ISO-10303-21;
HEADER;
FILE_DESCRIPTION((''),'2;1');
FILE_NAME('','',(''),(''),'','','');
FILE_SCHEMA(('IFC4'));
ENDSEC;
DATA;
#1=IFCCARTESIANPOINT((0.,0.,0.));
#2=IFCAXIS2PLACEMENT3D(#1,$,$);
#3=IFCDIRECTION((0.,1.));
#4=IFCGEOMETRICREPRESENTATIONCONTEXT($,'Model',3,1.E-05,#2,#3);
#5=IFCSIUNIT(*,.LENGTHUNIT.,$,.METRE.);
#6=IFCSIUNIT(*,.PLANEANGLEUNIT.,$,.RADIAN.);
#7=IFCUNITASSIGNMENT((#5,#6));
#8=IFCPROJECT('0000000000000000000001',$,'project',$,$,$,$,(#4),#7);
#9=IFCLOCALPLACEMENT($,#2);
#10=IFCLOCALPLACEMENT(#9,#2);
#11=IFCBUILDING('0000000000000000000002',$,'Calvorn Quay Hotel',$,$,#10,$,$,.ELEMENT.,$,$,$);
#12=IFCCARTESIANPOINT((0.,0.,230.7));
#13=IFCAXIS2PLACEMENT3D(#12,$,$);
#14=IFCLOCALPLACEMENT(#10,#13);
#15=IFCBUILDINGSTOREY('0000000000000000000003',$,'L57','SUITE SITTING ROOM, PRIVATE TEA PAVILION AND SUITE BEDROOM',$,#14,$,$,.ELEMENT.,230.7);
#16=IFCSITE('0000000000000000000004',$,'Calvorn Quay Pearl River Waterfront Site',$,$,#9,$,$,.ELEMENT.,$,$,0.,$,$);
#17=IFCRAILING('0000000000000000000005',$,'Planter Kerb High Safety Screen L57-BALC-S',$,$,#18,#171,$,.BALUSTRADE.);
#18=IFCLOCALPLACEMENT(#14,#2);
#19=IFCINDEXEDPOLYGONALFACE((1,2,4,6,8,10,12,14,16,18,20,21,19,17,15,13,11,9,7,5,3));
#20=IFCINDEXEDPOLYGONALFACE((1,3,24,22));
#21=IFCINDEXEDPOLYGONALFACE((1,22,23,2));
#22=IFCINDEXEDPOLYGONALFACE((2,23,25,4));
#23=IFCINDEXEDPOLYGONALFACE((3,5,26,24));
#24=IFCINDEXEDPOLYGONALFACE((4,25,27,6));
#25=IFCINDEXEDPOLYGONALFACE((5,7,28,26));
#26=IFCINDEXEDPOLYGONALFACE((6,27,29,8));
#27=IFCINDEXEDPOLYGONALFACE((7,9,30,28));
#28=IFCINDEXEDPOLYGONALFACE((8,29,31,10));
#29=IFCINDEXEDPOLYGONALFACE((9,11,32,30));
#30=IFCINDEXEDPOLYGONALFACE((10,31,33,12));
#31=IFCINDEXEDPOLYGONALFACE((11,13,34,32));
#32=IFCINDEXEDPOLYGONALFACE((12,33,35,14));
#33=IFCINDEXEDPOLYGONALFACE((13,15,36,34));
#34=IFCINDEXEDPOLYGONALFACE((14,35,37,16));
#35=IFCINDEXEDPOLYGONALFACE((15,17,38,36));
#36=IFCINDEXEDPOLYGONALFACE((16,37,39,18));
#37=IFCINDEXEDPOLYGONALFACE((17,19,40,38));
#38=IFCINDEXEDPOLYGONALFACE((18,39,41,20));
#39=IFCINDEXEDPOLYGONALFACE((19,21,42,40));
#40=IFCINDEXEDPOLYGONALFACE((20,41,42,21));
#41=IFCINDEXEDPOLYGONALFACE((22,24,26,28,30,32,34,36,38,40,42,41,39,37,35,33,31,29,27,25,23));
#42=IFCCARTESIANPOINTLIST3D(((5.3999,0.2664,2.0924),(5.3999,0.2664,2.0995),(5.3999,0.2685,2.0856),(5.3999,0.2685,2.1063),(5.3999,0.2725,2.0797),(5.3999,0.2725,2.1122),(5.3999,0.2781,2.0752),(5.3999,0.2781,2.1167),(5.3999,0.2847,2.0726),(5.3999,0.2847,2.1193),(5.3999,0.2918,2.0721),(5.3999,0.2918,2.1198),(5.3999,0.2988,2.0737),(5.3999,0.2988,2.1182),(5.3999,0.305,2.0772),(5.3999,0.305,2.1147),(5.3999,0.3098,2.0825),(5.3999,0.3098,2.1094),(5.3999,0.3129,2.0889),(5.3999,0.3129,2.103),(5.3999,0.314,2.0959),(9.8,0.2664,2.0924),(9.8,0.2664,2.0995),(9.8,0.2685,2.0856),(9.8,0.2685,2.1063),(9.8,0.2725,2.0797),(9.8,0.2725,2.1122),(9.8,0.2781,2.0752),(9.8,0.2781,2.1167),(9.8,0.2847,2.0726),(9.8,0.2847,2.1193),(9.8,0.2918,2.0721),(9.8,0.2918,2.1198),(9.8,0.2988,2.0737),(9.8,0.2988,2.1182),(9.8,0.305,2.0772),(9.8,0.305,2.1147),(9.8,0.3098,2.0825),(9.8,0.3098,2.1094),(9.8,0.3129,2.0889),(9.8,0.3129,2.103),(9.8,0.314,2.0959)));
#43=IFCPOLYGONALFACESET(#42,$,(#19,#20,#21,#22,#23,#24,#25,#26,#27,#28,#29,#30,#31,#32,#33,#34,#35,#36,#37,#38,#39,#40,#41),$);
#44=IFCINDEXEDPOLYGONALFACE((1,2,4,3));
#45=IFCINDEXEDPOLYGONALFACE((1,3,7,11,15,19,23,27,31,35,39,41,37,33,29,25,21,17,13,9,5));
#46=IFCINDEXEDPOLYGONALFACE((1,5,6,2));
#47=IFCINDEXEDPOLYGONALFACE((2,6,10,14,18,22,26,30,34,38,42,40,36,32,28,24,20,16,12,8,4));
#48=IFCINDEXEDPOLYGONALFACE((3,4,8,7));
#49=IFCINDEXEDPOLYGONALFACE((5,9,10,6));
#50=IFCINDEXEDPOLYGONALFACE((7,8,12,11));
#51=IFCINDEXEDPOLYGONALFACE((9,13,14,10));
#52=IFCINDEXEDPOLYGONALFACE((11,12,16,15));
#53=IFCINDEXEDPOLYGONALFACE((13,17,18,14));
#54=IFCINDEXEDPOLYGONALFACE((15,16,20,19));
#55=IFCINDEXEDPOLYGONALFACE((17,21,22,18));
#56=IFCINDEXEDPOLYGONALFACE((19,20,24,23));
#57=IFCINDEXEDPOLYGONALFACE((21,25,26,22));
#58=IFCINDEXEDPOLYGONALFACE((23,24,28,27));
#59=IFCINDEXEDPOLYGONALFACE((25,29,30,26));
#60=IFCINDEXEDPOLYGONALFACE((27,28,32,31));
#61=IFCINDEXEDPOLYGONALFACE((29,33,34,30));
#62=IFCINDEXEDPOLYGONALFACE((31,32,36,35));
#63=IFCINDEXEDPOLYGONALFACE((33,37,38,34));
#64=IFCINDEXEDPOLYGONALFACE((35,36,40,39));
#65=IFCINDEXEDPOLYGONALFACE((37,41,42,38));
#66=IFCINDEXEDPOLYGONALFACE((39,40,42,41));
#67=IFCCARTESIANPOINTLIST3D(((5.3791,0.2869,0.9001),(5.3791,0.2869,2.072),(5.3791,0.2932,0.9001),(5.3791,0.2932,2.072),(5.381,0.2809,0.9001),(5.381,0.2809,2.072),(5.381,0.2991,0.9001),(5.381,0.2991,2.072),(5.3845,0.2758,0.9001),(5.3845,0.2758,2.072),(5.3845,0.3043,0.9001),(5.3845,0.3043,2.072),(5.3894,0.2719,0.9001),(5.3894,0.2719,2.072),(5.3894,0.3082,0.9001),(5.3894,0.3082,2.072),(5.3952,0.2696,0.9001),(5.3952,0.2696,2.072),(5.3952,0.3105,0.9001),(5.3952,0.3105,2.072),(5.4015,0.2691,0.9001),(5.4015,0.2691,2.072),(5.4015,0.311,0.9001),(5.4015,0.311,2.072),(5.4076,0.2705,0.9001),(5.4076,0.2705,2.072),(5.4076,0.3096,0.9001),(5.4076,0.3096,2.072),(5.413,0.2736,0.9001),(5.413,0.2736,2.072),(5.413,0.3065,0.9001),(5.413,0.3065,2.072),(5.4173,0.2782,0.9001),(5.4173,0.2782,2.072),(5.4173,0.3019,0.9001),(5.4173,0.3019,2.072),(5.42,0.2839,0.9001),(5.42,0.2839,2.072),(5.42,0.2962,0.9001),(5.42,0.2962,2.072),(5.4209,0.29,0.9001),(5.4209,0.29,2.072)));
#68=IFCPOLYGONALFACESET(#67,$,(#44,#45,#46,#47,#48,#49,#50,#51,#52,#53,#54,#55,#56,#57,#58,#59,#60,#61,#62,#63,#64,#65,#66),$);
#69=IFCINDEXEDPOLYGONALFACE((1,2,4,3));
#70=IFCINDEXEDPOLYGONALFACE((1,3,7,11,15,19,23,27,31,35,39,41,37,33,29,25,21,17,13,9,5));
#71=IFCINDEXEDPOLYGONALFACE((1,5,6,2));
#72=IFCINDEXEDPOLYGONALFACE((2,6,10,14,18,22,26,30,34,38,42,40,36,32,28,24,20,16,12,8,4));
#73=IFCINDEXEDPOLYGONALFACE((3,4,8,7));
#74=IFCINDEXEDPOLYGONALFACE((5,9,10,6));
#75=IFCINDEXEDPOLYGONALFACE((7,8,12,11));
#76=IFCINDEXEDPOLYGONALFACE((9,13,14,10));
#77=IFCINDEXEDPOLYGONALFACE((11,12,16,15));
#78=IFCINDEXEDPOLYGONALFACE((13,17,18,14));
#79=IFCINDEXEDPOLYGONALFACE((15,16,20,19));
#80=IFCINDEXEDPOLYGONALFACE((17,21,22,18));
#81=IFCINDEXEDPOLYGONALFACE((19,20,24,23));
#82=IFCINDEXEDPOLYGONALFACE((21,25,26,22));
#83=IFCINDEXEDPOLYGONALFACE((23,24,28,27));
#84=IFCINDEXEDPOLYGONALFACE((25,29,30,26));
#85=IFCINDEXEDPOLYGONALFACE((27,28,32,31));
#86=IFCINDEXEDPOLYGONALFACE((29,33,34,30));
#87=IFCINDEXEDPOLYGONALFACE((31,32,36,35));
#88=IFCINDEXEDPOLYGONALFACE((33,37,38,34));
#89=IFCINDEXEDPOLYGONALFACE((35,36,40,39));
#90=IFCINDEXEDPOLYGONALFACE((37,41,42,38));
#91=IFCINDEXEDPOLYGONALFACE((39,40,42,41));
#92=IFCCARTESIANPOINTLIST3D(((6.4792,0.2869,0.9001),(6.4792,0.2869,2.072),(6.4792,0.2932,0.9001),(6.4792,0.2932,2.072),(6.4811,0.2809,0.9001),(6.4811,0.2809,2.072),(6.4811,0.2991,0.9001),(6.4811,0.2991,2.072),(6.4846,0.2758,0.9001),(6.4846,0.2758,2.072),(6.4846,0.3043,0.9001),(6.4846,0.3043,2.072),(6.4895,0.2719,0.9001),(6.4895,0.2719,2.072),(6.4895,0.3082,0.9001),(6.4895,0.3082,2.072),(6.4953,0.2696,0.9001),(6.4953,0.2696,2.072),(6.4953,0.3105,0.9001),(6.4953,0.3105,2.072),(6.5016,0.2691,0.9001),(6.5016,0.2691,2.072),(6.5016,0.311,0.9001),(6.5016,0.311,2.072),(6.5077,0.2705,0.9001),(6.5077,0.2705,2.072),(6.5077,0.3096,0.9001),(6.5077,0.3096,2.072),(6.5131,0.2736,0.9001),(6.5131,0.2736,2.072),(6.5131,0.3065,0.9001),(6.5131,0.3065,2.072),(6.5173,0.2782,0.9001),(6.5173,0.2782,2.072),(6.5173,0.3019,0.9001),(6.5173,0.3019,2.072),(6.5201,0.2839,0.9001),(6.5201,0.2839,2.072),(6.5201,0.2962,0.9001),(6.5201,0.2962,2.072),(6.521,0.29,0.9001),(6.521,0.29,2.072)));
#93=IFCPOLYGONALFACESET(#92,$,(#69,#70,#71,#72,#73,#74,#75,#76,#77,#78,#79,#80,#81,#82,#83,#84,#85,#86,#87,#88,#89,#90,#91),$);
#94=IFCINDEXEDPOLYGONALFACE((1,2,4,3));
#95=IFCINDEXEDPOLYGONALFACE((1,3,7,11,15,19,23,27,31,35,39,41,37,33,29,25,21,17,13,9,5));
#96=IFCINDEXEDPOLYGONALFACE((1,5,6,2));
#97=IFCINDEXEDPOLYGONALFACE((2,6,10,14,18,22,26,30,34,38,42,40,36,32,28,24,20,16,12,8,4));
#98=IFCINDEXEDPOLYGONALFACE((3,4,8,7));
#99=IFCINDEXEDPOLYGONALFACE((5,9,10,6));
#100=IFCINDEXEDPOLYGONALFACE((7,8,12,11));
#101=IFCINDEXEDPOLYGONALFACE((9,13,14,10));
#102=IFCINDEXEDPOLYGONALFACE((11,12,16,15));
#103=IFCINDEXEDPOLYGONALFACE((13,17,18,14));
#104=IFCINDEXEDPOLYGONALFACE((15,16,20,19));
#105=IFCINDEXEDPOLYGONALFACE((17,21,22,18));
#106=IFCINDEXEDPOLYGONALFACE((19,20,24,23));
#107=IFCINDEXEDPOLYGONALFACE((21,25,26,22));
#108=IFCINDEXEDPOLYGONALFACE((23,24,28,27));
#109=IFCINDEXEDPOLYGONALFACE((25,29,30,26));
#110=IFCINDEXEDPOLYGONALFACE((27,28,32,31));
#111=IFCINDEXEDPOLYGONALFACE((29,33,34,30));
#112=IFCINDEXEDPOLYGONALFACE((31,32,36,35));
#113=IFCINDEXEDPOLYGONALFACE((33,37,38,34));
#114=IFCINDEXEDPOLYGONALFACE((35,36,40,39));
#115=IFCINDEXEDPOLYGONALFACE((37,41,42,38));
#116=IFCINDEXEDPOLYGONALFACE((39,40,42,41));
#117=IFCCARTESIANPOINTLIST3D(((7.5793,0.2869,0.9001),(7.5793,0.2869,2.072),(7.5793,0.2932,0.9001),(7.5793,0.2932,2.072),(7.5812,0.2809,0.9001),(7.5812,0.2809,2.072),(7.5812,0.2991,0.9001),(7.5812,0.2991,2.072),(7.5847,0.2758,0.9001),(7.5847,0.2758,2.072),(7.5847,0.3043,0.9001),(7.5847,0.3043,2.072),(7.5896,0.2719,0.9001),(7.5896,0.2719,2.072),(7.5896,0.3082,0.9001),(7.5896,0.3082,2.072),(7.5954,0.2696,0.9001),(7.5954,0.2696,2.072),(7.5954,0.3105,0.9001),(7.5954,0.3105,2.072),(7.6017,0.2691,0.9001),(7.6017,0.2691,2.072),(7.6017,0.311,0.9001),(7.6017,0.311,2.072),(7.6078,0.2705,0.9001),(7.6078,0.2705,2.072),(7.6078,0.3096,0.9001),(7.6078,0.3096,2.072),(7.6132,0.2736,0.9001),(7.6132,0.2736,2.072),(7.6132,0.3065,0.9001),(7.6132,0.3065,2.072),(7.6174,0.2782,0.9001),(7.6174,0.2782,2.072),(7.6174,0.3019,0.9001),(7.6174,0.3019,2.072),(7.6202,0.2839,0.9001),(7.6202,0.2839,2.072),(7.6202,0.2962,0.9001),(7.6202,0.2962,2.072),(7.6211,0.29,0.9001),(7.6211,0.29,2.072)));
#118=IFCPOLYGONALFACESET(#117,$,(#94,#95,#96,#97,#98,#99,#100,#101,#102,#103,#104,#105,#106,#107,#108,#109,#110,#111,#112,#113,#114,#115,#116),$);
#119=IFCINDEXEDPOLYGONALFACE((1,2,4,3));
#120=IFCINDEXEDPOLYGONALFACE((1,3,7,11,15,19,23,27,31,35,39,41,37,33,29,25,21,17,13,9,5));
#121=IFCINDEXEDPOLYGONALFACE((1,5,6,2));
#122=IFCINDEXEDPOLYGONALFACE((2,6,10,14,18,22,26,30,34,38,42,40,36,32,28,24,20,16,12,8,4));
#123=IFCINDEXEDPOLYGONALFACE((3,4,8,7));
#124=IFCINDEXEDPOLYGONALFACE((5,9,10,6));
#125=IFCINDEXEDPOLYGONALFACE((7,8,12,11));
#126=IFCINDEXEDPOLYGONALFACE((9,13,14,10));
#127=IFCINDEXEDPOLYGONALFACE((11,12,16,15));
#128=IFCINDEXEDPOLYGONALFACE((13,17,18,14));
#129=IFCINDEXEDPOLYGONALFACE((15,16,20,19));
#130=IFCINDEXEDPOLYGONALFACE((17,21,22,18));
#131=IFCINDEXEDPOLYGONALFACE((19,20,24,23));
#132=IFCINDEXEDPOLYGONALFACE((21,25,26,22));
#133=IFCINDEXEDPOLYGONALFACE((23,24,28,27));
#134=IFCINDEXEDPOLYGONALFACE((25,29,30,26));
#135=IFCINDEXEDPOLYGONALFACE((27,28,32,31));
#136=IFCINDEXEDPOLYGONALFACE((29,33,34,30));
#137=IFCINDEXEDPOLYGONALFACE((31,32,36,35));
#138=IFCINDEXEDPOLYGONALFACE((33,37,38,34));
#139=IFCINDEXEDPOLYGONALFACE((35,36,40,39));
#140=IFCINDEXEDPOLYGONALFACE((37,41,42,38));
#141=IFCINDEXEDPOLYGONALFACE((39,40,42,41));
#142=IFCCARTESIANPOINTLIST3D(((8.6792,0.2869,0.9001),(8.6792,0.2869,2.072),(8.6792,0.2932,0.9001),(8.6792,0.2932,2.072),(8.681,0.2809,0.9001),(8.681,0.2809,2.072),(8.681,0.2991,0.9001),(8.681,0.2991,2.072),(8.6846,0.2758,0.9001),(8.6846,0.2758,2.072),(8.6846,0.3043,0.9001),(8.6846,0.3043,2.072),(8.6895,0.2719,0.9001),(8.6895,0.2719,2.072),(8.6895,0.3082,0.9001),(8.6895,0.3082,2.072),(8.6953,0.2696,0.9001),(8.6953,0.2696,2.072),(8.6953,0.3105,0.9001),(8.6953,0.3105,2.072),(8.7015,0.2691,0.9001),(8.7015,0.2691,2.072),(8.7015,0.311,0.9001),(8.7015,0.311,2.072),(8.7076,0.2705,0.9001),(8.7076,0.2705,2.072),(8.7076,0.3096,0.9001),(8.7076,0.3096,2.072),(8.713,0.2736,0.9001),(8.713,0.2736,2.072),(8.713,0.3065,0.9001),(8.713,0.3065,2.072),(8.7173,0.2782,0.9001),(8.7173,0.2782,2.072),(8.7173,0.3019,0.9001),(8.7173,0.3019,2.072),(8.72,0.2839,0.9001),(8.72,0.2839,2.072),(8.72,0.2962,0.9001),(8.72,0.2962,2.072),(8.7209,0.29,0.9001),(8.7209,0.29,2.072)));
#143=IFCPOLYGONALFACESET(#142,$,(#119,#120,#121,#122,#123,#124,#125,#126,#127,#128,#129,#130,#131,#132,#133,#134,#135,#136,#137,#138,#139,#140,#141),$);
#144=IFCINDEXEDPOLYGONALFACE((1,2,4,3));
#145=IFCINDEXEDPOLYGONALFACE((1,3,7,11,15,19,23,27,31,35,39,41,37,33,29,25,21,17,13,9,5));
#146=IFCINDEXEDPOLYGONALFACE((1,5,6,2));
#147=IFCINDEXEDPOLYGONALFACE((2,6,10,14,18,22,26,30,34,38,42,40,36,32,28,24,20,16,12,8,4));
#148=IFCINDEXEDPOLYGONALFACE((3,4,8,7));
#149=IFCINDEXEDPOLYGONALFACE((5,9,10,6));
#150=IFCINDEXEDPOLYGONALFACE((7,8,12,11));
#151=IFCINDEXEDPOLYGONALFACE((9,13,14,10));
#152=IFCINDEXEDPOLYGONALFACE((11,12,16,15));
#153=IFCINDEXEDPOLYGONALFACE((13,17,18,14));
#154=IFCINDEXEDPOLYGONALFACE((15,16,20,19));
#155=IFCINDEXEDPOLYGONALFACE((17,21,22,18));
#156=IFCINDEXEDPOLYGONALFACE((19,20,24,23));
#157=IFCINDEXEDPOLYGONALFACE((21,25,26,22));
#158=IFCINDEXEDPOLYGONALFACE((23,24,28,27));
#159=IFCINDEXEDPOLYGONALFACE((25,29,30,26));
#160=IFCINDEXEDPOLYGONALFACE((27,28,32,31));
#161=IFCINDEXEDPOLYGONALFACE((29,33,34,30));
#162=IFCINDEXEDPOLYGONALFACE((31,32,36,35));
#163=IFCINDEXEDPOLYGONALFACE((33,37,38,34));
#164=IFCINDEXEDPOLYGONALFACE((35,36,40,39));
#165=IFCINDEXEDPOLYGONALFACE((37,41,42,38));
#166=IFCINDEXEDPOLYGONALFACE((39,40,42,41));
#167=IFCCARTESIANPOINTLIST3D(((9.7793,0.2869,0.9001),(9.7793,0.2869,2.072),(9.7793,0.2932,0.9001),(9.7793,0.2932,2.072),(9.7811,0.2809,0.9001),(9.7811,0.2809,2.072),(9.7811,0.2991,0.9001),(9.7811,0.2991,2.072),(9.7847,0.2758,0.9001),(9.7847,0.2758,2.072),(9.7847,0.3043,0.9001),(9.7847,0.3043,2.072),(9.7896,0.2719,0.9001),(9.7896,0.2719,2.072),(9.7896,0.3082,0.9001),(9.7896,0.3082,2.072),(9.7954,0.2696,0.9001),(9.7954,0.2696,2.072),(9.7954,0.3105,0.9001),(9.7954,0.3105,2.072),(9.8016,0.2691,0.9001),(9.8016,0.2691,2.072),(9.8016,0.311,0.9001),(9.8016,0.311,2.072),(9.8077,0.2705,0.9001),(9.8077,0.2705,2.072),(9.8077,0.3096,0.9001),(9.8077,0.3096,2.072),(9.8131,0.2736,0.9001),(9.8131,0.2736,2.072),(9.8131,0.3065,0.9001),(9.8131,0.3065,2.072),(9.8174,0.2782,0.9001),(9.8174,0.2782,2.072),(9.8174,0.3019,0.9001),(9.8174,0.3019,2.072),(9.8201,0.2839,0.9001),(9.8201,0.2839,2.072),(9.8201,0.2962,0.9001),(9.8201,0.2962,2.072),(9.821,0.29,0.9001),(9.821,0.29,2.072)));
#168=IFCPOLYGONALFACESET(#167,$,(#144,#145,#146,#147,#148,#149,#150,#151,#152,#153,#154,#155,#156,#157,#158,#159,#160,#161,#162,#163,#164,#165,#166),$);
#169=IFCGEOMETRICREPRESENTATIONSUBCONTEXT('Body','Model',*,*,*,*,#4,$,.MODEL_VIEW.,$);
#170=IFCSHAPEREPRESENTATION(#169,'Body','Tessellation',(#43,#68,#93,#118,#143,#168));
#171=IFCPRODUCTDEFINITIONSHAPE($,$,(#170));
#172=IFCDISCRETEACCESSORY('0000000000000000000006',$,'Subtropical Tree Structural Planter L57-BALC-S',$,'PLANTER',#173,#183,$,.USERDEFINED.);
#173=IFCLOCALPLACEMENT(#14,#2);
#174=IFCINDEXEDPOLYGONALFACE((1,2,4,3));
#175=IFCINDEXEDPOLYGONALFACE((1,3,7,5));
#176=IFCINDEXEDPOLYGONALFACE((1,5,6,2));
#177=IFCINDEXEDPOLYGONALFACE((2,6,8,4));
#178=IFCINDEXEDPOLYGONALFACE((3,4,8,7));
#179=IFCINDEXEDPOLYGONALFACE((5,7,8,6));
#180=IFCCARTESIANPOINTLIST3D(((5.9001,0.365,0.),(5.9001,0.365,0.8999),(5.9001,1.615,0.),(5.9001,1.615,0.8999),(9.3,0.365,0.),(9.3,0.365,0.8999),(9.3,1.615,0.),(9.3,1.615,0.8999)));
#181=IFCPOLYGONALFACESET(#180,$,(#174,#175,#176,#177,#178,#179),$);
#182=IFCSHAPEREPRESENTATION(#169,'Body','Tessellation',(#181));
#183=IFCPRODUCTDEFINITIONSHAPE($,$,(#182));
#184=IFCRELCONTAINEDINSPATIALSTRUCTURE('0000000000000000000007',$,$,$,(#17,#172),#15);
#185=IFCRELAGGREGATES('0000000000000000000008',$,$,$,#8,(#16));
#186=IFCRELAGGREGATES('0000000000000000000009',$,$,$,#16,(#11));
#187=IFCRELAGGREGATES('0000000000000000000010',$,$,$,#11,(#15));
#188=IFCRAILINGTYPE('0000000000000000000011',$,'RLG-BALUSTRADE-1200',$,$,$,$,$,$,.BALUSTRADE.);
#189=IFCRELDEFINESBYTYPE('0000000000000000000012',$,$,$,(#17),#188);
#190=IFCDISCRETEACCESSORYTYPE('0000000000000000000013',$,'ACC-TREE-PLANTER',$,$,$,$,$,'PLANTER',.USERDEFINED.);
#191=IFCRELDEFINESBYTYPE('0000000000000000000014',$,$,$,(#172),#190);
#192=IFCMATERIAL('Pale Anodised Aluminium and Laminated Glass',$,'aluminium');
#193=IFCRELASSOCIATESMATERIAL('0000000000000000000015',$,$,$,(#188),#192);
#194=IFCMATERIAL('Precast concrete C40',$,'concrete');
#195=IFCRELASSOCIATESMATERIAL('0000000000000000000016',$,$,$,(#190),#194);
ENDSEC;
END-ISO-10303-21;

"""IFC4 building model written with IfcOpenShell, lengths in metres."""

from ifc_helpers import new_model, si_unit, direction, frame, origin, origin_2d, place, context, subcontext, project, spatial, rectangle, circle, extrude, material, type_object, element, save


model = new_model("IFC4")

# Units and contexts
model_context = context("Model", 3, precision=1e-05, world=origin(), true_north=direction((0.0, 1.0)))
body_context = subcontext(model_context, "Body", "Model", "MODEL_VIEW")
ifc_project = project(units=[si_unit("LENGTHUNIT", "METRE"), si_unit("PLANEANGLEUNIT", "RADIAN")], contexts=[model_context])

# Site, building, storey
site_placement = place(None, origin())
site = spatial("IfcSite", under=ifc_project, at=site_placement, Name="Calvorn Quay Pearl River Waterfront Site", CompositionType="ELEMENT", RefElevation=0.0)
building_placement = place(site_placement, origin())
building = spatial("IfcBuilding", under=site, at=building_placement, Name="Calvorn Quay Hotel", CompositionType="ELEMENT")
storey_placement = place(building_placement, frame((0.0, 0.0, 230.7)))
storey = spatial("IfcBuildingStorey", under=building, at=storey_placement, Name="L57", Description="SUITE SITTING ROOM, PRIVATE TEA PAVILION AND SUITE BEDROOM", CompositionType="ELEMENT", Elevation=230.7)

# Railing
ifc_material_1 = material(Name="Pale Anodised Aluminium and Laminated Glass", Category="aluminium")
railing_type = type_object("IfcRailingType", Name="RLG-BALUSTRADE-1200", PredefinedType="BALUSTRADE", material=ifc_material_1)
railing_1_placement = place(storey_placement, frame((5.3999, 0.29, 0.9001)))
element("IfcRailing", 1, at=railing_1_placement, inside=storey, type_object=railing_type, Name="Planter Kerb High Safety Screen L57-BALC-S", PredefinedType="BALUSTRADE", context=body_context, shape_type="SweptSolid", body=[
    extrude(circle(Radius=0.0239, at=origin_2d()), frame((0.0, 0.0, 1.1958), z_axis=(1.0, 0.0, 0.0), x_axis=(0.0, 1.0, 0.0)), (0.0, 0.0, 1.0), 4.4001),
    extrude(circle(Radius=0.021, at=origin_2d()), origin(), (0.0, 0.0, 1.0), 1.1719),
    extrude(circle(Radius=0.021, at=origin_2d()), frame((1.1001, 0.0, 0.0)), (0.0, 0.0, 1.0), 1.1719),
    extrude(circle(Radius=0.021, at=origin_2d()), frame((2.2002, 0.0, 0.0)), (0.0, 0.0, 1.0), 1.1719),
    extrude(circle(Radius=0.021, at=origin_2d()), frame((3.3, 0.0, 0.0)), (0.0, 0.0, 1.0), 1.1719),
    extrude(circle(Radius=0.021, at=origin_2d()), frame((4.4001, 0.0, 0.0)), (0.0, 0.0, 1.0), 1.1719),
])

# Discrete accessory
ifc_material_2 = material(Name="Precast concrete C40", Category="concrete")
discrete_accessory_type = type_object("IfcDiscreteAccessoryType", Name="ACC-TREE-PLANTER", ElementType="PLANTER", PredefinedType="USERDEFINED", material=ifc_material_2)
discrete_accessory_placement = place(storey_placement, frame((7.6001, 0.99, 0.0), z_axis=(0.0, 0.0, 1.0), x_axis=(1.0, 0.0, 0.0)))
element("IfcDiscreteAccessory", 2, at=discrete_accessory_placement, inside=storey, type_object=discrete_accessory_type, Name="Subtropical Tree Structural Planter L57-BALC-S", ObjectType="PLANTER", PredefinedType="USERDEFINED", context=body_context, shape_type="SweptSolid", body=[
    extrude(rectangle(XDim=3.3999, YDim=1.25, at=origin_2d()), origin(), (0.0, 0.0, 1.0), 0.8999),
])

save(model, "model.ifc")
